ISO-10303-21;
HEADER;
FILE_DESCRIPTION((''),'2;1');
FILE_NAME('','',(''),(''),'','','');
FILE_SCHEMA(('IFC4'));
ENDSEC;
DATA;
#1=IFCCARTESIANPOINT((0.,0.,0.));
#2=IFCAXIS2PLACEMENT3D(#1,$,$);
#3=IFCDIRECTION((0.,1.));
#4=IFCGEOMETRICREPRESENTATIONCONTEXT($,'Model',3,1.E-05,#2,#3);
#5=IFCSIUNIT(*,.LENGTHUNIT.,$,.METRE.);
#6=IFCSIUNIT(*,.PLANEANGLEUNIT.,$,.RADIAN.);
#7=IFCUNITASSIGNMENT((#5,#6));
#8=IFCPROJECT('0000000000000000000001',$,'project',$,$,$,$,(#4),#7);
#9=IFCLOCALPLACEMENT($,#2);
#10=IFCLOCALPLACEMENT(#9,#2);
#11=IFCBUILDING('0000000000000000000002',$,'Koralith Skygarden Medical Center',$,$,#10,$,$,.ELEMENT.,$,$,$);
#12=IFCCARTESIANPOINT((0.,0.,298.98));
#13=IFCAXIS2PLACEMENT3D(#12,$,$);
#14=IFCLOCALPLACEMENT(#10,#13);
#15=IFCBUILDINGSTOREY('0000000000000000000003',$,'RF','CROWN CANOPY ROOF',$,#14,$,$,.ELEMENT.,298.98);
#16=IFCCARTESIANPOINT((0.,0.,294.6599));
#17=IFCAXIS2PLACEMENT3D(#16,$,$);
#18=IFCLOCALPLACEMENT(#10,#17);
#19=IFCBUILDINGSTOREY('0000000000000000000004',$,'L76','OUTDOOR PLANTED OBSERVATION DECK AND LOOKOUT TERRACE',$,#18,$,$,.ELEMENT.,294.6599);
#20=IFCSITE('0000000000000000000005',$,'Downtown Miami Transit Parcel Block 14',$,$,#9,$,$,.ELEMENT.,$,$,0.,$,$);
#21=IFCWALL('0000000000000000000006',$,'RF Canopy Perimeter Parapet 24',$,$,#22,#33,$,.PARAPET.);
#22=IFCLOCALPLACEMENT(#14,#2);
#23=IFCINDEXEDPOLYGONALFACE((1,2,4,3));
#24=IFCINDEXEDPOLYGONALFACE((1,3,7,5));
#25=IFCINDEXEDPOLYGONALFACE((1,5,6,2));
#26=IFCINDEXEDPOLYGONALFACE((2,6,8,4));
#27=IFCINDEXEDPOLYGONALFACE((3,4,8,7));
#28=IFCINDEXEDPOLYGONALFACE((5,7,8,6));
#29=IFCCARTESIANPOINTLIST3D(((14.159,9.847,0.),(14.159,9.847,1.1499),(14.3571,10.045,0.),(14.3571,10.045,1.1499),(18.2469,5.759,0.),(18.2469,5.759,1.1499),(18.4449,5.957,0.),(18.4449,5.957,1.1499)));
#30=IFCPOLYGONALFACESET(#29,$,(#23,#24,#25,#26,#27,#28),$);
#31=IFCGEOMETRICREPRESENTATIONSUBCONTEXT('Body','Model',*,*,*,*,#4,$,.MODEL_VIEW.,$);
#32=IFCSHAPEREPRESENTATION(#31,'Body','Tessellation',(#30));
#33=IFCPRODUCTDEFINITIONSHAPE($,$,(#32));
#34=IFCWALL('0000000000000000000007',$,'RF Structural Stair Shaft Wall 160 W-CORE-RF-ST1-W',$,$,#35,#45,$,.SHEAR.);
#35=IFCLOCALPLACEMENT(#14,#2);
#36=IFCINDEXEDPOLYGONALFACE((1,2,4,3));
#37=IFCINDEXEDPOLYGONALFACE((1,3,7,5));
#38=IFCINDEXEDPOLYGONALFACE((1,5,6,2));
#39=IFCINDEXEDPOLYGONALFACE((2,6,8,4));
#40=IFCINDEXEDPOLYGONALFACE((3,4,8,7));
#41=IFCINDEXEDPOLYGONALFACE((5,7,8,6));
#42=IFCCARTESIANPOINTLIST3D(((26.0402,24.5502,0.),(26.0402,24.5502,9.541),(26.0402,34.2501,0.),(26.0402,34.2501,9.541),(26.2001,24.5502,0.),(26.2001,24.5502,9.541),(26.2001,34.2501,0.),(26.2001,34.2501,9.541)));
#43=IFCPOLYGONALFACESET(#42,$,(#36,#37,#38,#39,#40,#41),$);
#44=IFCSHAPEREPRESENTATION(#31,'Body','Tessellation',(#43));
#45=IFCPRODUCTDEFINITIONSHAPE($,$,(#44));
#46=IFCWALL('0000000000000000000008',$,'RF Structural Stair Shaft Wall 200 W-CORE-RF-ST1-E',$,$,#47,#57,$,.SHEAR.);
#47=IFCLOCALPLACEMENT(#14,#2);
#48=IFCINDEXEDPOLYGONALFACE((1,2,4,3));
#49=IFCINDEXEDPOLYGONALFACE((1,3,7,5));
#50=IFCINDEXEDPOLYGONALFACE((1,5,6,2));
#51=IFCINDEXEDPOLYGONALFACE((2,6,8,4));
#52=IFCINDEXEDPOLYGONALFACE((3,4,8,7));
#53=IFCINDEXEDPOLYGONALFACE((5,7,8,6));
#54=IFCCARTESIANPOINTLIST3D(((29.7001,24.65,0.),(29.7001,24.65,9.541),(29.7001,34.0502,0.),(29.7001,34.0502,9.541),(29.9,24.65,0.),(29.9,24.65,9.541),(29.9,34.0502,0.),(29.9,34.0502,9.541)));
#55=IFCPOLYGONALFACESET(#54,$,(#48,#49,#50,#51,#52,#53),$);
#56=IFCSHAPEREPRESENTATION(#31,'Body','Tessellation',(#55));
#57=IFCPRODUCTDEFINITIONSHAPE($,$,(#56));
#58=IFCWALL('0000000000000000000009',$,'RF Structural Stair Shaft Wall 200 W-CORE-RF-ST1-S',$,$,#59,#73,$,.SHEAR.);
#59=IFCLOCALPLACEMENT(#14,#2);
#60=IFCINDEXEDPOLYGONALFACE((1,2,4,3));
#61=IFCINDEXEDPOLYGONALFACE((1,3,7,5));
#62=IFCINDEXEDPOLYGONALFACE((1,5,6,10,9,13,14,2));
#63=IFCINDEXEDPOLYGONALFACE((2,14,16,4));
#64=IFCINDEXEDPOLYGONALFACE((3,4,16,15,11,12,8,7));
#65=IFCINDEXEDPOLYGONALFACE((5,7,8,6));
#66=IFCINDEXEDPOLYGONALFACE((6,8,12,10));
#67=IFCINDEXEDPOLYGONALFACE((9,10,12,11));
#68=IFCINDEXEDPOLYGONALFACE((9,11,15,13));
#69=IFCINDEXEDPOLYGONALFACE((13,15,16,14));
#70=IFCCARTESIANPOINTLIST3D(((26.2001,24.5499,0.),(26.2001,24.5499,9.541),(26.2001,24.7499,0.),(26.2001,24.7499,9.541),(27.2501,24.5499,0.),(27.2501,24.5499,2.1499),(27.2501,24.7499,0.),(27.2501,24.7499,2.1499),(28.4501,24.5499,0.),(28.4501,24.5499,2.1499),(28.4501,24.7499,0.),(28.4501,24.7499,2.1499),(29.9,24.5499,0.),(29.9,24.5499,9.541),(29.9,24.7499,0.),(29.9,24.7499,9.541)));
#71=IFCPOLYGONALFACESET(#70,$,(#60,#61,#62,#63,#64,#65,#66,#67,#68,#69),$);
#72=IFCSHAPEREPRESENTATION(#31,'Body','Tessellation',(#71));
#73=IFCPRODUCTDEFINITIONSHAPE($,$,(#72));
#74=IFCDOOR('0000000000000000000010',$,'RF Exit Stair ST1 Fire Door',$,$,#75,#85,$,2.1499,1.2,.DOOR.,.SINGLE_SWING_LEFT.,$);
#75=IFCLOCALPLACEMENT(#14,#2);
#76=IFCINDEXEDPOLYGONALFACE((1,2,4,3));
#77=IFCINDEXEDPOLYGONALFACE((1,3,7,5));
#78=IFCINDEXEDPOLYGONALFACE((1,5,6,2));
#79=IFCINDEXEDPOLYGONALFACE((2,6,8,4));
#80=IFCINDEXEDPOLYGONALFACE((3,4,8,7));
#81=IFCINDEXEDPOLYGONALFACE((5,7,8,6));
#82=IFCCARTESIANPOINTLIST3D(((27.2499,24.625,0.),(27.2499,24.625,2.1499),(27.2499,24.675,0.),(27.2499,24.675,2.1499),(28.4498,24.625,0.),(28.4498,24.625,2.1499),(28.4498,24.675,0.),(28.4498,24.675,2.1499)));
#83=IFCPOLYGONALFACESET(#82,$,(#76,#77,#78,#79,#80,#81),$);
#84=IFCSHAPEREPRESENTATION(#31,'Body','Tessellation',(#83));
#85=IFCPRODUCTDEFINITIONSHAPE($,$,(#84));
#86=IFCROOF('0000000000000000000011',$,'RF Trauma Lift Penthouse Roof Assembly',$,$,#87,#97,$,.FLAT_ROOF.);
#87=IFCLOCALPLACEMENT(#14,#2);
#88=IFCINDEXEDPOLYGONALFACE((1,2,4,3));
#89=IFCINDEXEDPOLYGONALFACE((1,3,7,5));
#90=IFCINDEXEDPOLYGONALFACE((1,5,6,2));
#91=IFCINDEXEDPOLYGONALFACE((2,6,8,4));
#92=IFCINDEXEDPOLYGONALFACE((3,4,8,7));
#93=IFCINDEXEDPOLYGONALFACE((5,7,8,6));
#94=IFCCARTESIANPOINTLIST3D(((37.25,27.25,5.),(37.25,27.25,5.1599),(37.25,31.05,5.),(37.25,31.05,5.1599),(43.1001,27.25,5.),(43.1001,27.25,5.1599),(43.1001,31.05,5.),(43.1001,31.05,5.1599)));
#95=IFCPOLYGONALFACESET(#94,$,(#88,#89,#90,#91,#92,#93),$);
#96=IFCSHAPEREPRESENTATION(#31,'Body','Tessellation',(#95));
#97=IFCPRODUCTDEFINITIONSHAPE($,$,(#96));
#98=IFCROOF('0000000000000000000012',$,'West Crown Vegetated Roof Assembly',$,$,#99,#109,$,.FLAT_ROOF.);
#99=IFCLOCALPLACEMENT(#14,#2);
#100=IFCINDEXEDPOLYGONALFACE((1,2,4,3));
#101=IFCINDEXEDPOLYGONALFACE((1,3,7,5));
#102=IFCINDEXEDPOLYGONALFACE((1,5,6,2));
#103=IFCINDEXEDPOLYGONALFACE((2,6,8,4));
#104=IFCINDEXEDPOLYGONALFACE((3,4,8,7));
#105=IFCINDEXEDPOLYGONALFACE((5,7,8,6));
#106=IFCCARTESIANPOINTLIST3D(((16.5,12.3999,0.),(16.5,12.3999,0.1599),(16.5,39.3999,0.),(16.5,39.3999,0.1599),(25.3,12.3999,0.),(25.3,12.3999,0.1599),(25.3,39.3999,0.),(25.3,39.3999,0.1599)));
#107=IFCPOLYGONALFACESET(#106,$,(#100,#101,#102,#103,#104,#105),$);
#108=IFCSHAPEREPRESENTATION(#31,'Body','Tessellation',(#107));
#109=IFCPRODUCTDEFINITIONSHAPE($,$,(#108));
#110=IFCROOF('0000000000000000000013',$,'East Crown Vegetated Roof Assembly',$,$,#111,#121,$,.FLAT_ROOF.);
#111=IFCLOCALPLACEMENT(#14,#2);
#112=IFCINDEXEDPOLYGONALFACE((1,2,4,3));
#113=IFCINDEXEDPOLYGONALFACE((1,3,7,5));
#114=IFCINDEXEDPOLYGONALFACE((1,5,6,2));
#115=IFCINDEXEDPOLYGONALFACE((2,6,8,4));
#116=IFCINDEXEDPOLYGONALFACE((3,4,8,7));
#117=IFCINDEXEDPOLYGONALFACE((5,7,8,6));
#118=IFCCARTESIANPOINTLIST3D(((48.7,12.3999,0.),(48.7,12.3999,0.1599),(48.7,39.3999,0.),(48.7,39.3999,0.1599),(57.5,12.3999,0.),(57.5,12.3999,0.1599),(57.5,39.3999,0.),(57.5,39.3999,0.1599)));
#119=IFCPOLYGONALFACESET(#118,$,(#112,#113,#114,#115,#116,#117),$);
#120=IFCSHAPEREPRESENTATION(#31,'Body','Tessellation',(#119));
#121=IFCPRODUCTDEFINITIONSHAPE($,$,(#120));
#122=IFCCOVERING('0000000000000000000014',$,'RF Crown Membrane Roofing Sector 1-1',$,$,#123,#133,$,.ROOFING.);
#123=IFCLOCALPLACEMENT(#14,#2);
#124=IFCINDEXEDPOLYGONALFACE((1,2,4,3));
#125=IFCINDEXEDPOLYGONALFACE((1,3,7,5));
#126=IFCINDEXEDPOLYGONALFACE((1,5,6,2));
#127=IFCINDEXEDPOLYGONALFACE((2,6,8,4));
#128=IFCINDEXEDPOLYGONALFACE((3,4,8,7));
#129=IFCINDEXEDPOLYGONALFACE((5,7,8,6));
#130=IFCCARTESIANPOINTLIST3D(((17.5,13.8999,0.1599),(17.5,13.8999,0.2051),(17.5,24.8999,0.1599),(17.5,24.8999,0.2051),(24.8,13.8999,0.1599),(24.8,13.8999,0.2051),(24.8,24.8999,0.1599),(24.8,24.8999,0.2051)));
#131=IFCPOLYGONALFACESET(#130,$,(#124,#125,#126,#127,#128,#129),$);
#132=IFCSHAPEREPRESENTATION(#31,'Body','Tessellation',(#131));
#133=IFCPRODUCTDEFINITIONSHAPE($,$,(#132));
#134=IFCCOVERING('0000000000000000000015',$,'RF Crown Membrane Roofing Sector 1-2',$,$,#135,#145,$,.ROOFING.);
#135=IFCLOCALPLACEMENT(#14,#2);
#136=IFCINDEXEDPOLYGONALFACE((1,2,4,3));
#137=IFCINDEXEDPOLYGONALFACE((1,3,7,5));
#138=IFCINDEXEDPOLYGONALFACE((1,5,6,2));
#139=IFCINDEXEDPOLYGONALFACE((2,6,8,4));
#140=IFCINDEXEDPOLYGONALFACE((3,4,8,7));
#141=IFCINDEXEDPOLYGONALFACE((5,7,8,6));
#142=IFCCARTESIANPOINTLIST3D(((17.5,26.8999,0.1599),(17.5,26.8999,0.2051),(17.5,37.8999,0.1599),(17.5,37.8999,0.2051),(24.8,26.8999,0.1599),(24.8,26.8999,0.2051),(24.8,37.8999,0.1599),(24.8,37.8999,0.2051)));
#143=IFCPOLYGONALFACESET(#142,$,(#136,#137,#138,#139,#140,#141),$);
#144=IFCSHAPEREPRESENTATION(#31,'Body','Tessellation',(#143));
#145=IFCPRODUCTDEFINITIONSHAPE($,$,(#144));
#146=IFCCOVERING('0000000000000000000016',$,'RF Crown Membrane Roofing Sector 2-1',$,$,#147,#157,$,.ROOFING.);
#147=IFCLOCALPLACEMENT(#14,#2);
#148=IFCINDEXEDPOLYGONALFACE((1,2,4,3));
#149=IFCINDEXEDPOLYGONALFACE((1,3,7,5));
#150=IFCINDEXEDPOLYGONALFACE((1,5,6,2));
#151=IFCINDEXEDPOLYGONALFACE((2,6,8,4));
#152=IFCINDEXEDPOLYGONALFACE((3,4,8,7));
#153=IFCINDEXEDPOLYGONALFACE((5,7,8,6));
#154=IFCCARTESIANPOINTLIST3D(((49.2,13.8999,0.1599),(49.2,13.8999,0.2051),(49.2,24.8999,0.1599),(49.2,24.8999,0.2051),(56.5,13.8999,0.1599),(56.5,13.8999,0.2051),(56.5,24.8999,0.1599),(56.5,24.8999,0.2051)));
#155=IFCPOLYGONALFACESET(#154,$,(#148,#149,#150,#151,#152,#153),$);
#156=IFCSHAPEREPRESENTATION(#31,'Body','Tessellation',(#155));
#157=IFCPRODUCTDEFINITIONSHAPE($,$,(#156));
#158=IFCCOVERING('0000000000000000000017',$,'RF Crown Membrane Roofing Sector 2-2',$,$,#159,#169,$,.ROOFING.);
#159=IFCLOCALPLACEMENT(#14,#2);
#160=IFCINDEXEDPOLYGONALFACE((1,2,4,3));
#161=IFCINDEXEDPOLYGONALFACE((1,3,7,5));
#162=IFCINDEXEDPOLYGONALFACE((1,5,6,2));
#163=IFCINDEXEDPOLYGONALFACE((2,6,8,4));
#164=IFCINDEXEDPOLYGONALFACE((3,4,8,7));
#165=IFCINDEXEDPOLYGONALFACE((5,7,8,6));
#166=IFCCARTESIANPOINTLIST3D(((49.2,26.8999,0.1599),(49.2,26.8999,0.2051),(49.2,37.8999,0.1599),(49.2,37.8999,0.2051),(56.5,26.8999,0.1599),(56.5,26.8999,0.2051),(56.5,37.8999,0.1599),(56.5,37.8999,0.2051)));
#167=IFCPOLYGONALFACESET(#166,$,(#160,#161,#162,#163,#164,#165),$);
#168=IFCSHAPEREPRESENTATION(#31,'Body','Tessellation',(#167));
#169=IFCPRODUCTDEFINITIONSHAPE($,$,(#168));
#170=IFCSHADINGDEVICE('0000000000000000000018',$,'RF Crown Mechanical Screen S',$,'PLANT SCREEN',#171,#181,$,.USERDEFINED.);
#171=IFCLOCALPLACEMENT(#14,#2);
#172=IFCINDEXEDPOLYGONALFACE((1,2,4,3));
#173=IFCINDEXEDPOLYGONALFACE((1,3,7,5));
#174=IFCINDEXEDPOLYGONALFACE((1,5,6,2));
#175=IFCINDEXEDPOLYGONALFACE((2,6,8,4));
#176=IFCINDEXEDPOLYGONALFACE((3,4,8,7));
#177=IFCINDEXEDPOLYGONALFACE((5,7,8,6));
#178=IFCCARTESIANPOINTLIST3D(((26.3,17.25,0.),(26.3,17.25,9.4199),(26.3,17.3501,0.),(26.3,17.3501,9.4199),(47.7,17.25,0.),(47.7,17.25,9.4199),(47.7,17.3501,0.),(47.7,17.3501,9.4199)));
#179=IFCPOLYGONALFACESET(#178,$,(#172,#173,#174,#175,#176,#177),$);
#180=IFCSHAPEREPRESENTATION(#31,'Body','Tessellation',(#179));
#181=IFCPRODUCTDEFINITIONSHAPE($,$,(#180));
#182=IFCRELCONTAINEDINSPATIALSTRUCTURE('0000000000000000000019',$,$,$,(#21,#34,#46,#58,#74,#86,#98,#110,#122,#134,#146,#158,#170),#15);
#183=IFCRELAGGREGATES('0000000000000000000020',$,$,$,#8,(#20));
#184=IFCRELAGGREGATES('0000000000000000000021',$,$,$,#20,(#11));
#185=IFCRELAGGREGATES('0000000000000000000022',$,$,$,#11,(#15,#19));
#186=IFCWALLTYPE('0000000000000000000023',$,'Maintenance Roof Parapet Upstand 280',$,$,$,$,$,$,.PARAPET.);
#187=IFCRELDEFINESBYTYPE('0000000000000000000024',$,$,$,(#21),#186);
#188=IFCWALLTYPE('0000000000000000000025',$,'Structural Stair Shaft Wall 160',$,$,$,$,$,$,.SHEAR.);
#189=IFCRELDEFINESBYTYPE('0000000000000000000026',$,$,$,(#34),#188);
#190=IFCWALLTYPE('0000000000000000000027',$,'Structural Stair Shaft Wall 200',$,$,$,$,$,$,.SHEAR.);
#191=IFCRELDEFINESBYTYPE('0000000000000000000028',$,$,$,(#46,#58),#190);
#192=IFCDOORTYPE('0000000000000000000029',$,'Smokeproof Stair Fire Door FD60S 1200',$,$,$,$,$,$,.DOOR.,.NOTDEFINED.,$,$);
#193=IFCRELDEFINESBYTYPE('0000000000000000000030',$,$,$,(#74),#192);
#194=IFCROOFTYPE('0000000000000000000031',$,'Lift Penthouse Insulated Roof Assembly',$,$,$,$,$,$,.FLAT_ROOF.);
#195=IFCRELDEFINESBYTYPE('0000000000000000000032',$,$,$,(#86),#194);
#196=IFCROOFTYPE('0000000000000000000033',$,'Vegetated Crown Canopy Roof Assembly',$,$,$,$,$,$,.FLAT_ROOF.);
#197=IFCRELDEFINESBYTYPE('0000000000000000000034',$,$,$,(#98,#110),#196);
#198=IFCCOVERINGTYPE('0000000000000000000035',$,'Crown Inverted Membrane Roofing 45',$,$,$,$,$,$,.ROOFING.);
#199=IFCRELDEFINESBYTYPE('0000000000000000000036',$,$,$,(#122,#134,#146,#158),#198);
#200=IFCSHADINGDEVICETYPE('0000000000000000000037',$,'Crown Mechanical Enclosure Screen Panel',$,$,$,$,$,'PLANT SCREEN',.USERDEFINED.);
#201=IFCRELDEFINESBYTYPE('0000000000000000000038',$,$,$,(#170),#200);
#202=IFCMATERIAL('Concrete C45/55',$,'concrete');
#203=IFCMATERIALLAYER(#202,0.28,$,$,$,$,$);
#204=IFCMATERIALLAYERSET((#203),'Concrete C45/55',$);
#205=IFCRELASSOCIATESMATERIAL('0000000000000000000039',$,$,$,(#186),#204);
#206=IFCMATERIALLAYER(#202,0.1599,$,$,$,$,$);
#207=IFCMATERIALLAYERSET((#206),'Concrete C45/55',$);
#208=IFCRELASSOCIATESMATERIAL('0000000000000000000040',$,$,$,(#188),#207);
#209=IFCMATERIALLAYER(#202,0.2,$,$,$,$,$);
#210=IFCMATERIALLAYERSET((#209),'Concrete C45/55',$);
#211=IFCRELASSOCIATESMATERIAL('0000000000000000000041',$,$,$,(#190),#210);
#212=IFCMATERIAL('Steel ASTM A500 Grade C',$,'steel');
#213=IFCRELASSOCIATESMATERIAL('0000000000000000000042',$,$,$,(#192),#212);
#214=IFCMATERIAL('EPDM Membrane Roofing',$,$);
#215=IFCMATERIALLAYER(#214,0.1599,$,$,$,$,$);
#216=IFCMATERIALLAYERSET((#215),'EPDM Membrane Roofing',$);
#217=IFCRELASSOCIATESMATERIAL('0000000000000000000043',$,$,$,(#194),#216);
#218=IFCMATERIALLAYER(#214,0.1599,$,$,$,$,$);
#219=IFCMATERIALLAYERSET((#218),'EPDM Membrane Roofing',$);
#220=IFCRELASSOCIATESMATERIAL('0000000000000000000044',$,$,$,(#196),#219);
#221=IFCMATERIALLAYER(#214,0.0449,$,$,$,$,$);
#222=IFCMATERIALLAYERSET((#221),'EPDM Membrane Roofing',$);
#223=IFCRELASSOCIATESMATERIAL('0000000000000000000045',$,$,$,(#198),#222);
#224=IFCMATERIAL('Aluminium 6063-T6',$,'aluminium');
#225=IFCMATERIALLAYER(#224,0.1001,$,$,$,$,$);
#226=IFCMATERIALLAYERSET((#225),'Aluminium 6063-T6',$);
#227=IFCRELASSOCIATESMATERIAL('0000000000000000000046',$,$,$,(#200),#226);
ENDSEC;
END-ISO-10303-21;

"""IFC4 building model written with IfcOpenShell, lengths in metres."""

from ifc_helpers import new_model, si_unit, direction, frame, frame_2d, origin, origin_2d, place, context, subcontext, project, spatial, polyline, rectangle, outline, extrude, material, layer, layer_set, type_object, element, fill, save


model = new_model("IFC4")

# Units and contexts
model_context = context("Model", 3, precision=1e-05, world=origin(), true_north=direction((0.0, 1.0)))
body_context = subcontext(model_context, "Body", "Model", "MODEL_VIEW")
ifc_project = project(units=[si_unit("LENGTHUNIT", "METRE"), si_unit("PLANEANGLEUNIT", "RADIAN")], contexts=[model_context])

# Site, building, storey
site_placement = place(None, origin())
site = spatial("IfcSite", under=ifc_project, at=site_placement, Name="Downtown Miami Transit Parcel Block 14", CompositionType="ELEMENT", RefElevation=0.0)
building_placement = place(site_placement, origin())
building = spatial("IfcBuilding", under=site, at=building_placement, Name="Koralith Skygarden Medical Center", CompositionType="ELEMENT")
storey_1_placement = place(building_placement, frame((0.0, 0.0, 298.98)))
storey_1 = spatial("IfcBuildingStorey", under=building, at=storey_1_placement, Name="RF", Description="CROWN CANOPY ROOF", CompositionType="ELEMENT", Elevation=298.98)

# Shared definitions
ifc_material_1 = material(Name="Steel ASTM A500 Grade C", Category="steel")

# Shared definitions
ifc_material_2 = material(Name="Concrete C45/55", Category="concrete")

# Shared definitions
storey_2_placement = place(building_placement, frame((0.0, 0.0, 294.6599)))
storey_2 = spatial("IfcBuildingStorey", under=building, at=storey_2_placement, Name="L76", Description="OUTDOOR PLANTED OBSERVATION DECK AND LOOKOUT TERRACE", CompositionType="ELEMENT", Elevation=294.6599)

# Walls
ifc_layer_1 = layer(ifc_material_2, 0.28)
ifc_layer_set_1 = layer_set([ifc_layer_1], Name="Concrete C45/55")
wall_type_1 = type_object("IfcWallType", Name="Maintenance Roof Parapet Upstand 280", PredefinedType="PARAPET", material=ifc_layer_set_1)
wall_1_placement = place(storey_1_placement, frame((14.2581, 9.946, 0.0), z_axis=(0.0, 0.0, 1.0), x_axis=(0.707086, -0.707128, 0.0)))
element("IfcWall", 1, at=wall_1_placement, inside=storey_1, type_object=wall_type_1, Name="RF Canopy Perimeter Parapet 24", PredefinedType="PARAPET", context=body_context, shape_type="SweptSolid", body=[
    extrude(rectangle(XDim=5.7812, YDim=0.28, at=frame_2d((2.8906, 0.0))), origin(), (0.0, 0.0, 1.0), 1.1499),
])
ifc_layer_2 = layer(ifc_material_2, 0.1599)
ifc_layer_set_2 = layer_set([ifc_layer_2], Name="Concrete C45/55")
wall_type_2 = type_object("IfcWallType", Name="Structural Stair Shaft Wall 160", PredefinedType="SHEAR", material=ifc_layer_set_2)
wall_2_placement = place(storey_1_placement, frame((26.1201, 24.55, 0.0), z_axis=(0.0, 0.0, 1.0), x_axis=(0.0, 1.0, 0.0)))
element("IfcWall", 2, at=wall_2_placement, inside=storey_1, type_object=wall_type_2, Name="RF Structural Stair Shaft Wall 160 W-CORE-RF-ST1-W", PredefinedType="SHEAR", context=body_context, shape_type="SweptSolid", body=[
    extrude(rectangle(XDim=9.7, YDim=0.1599, at=frame_2d((4.8501, 0.0))), origin(), (0.0, 0.0, 1.0), 9.541),
])
ifc_layer_3 = layer(ifc_material_2, 0.2)
ifc_layer_set_3 = layer_set([ifc_layer_3], Name="Concrete C45/55")
wall_type_3 = type_object("IfcWallType", Name="Structural Stair Shaft Wall 200", PredefinedType="SHEAR", material=ifc_layer_set_3)
wall_3_placement = place(storey_1_placement, frame((29.8, 24.6499, 0.0), z_axis=(0.0, 0.0, 1.0), x_axis=(0.0, 1.0, 0.0)))
element("IfcWall", 3, at=wall_3_placement, inside=storey_1, type_object=wall_type_3, Name="RF Structural Stair Shaft Wall 200 W-CORE-RF-ST1-E", PredefinedType="SHEAR", context=body_context, shape_type="SweptSolid", body=[
    extrude(rectangle(XDim=9.4001, YDim=0.2, at=frame_2d((4.7002, 0.0))), origin(), (0.0, 0.0, 1.0), 9.541),
])

# Wall, opening, door
wall_4_placement = place(storey_1_placement, frame((26.2, 24.6499, 0.0), z_axis=(0.0, 0.0, 1.0), x_axis=(1.0, 0.0, 0.0)))
wall_4 = element("IfcWall", 4, at=wall_4_placement, inside=storey_1, type_object=wall_type_3, Name="RF Structural Stair Shaft Wall 200 W-CORE-RF-ST1-S", PredefinedType="SHEAR", context=body_context, shape_type="SweptSolid", body=[
    extrude(rectangle(XDim=3.7, YDim=0.2, at=frame_2d((1.8501, 0.0))), origin(), (0.0, 0.0, 1.0), 9.541),
])
opening_1_placement = place(wall_4_placement, frame((1.05, 0.0, 0.0)))
opening_1 = element("IfcOpeningElement", 5, at=opening_1_placement, cuts=wall_4, PredefinedType="OPENING", context=body_context, shape_type="SweptSolid", body=[
    extrude(rectangle(XDim=1.2, YDim=2.1499, at=frame_2d((0.6001, 1.075))), frame((0.0, 0.1099, 0.0), z_axis=(0.0, -1.0, 0.0), x_axis=(1.0, 0.0, 0.0)), (0.0, 0.0, 1.0), 0.22),
])
door_type_1 = type_object("IfcDoorType", Name="Smokeproof Stair Fire Door FD60S 1200", OperationType="NOTDEFINED", PredefinedType="DOOR", material=ifc_material_1)
door_1_placement = place(opening_1_placement, frame((1.2, 0.0, 0.0), z_axis=(0.0, 0.0, 1.0), x_axis=(-1.0, 0.0, 0.0)))
door_1 = element("IfcDoor", 6, at=door_1_placement, inside=storey_1, type_object=door_type_1, Name="RF Exit Stair ST1 Fire Door", OperationType="SINGLE_SWING_LEFT", OverallHeight=2.1499, OverallWidth=1.2, PredefinedType="DOOR", context=body_context, shape_type="SweptSolid", body=[
    extrude(rectangle(XDim=1.2, YDim=2.1499, at=frame_2d((0.6001, 1.075))), frame((0.0, 0.0249, 0.0), z_axis=(0.0, -1.0, 0.0), x_axis=(1.0, 0.0, 0.0)), (0.0, 0.0, 1.0), 0.05),
])
fill(opening_1, door_1)

# Roofs
ifc_material_3 = material(Name="EPDM Membrane Roofing")
ifc_layer_4 = layer(ifc_material_3, 0.1599)
ifc_layer_set_4 = layer_set([ifc_layer_4], Name="EPDM Membrane Roofing")
roof_type_1 = type_object("IfcRoofType", Name="Lift Penthouse Insulated Roof Assembly", PredefinedType="FLAT_ROOF", material=ifc_layer_set_4)
roof_1_placement = place(storey_1_placement, frame((0.0, 0.0, 5.0)))
element("IfcRoof", 7, at=roof_1_placement, inside=storey_1, type_object=roof_type_1, Name="RF Trauma Lift Penthouse Roof Assembly", PredefinedType="FLAT_ROOF", context=body_context, shape_type="SweptSolid", body=[
    extrude(outline(polyline([(37.25, 27.25), (43.1001, 27.25), (43.1001, 31.05), (37.25, 31.05), (37.25, 27.25)])), origin(), (0.0, 0.0, 1.0), 0.1599),
])
ifc_layer_5 = layer(ifc_material_3, 0.1599)
ifc_layer_set_5 = layer_set([ifc_layer_5], Name="EPDM Membrane Roofing")
roof_type_2 = type_object("IfcRoofType", Name="Vegetated Crown Canopy Roof Assembly", PredefinedType="FLAT_ROOF", material=ifc_layer_set_5)
roof_2_placement = place(storey_1_placement, origin())
element("IfcRoof", 8, at=roof_2_placement, inside=storey_1, type_object=roof_type_2, Name="West Crown Vegetated Roof Assembly", PredefinedType="FLAT_ROOF", context=body_context, shape_type="SweptSolid", body=[
    extrude(outline(polyline([(16.5, 12.3999), (25.3, 12.3999), (25.3, 39.3999), (16.5, 39.3999), (16.5, 12.3999)])), origin(), (0.0, 0.0, 1.0), 0.1599),
])
roof_3_placement = place(storey_1_placement, origin())
element("IfcRoof", 9, at=roof_3_placement, inside=storey_1, type_object=roof_type_2, Name="East Crown Vegetated Roof Assembly", PredefinedType="FLAT_ROOF", context=body_context, shape_type="SweptSolid", body=[
    extrude(outline(polyline([(48.7, 12.3999), (57.5, 12.3999), (57.5, 39.3999), (48.7, 39.3999), (48.7, 12.3999)])), origin(), (0.0, 0.0, 1.0), 0.1599),
])

# Coverings
ifc_layer_6 = layer(ifc_material_3, 0.0449)
ifc_layer_set_6 = layer_set([ifc_layer_6], Name="EPDM Membrane Roofing")
covering_type = type_object("IfcCoveringType", Name="Crown Inverted Membrane Roofing 45", PredefinedType="ROOFING", material=ifc_layer_set_6)
covering_1_placement = place(storey_1_placement, frame((0.0, 0.0, 0.1599)))
element("IfcCovering", 10, at=covering_1_placement, inside=storey_1, type_object=covering_type, Name="RF Crown Membrane Roofing Sector 1-1", PredefinedType="ROOFING", context=body_context, shape_type="SweptSolid", body=[
    extrude(outline(polyline([(17.5, 13.8999), (24.8, 13.8999), (24.8, 24.8999), (17.5, 24.8999), (17.5, 13.8999)])), origin(), (0.0, 0.0, 1.0), 0.0452),
])
covering_2_placement = place(storey_1_placement, frame((0.0, 0.0, 0.1599)))
element("IfcCovering", 11, at=covering_2_placement, inside=storey_1, type_object=covering_type, Name="RF Crown Membrane Roofing Sector 1-2", PredefinedType="ROOFING", context=body_context, shape_type="SweptSolid", body=[
    extrude(outline(polyline([(17.5, 26.8999), (24.8, 26.8999), (24.8, 37.8999), (17.5, 37.8999), (17.5, 26.8999)])), origin(), (0.0, 0.0, 1.0), 0.0452),
])
covering_3_placement = place(storey_1_placement, frame((0.0, 0.0, 0.1599)))
element("IfcCovering", 12, at=covering_3_placement, inside=storey_1, type_object=covering_type, Name="RF Crown Membrane Roofing Sector 2-1", PredefinedType="ROOFING", context=body_context, shape_type="SweptSolid", body=[
    extrude(outline(polyline([(49.2, 13.8999), (56.5, 13.8999), (56.5, 24.8999), (49.2, 24.8999), (49.2, 13.8999)])), origin(), (0.0, 0.0, 1.0), 0.0452),
])
covering_4_placement = place(storey_1_placement, frame((0.0, 0.0, 0.1599)))
element("IfcCovering", 13, at=covering_4_placement, inside=storey_1, type_object=covering_type, Name="RF Crown Membrane Roofing Sector 2-2", PredefinedType="ROOFING", context=body_context, shape_type="SweptSolid", body=[
    extrude(outline(polyline([(49.2, 26.8999), (56.5, 26.8999), (56.5, 37.8999), (49.2, 37.8999), (49.2, 26.8999)])), origin(), (0.0, 0.0, 1.0), 0.0452),
])

# Shading device
ifc_material_4 = material(Name="Aluminium 6063-T6", Category="aluminium")
ifc_layer_7 = layer(ifc_material_4, 0.1001)
ifc_layer_set_7 = layer_set([ifc_layer_7], Name="Aluminium 6063-T6")
shading_device_type = type_object("IfcShadingDeviceType", Name="Crown Mechanical Enclosure Screen Panel", ElementType="PLANT SCREEN", PredefinedType="USERDEFINED", material=ifc_layer_set_7)
shading_device_placement = place(storey_1_placement, frame((37.0, 17.3, 0.0), z_axis=(0.0, 0.0, 1.0), x_axis=(1.0, 0.0, 0.0)))
element("IfcShadingDevice", 14, at=shading_device_placement, inside=storey_1, type_object=shading_device_type, Name="RF Crown Mechanical Screen S", ObjectType="PLANT SCREEN", PredefinedType="USERDEFINED", context=body_context, shape_type="SweptSolid", body=[
    extrude(rectangle(XDim=21.3999, YDim=0.1001, at=origin_2d()), origin(), (0.0, 0.0, 1.0), 9.4199),
])

save(model, "model.ifc")
